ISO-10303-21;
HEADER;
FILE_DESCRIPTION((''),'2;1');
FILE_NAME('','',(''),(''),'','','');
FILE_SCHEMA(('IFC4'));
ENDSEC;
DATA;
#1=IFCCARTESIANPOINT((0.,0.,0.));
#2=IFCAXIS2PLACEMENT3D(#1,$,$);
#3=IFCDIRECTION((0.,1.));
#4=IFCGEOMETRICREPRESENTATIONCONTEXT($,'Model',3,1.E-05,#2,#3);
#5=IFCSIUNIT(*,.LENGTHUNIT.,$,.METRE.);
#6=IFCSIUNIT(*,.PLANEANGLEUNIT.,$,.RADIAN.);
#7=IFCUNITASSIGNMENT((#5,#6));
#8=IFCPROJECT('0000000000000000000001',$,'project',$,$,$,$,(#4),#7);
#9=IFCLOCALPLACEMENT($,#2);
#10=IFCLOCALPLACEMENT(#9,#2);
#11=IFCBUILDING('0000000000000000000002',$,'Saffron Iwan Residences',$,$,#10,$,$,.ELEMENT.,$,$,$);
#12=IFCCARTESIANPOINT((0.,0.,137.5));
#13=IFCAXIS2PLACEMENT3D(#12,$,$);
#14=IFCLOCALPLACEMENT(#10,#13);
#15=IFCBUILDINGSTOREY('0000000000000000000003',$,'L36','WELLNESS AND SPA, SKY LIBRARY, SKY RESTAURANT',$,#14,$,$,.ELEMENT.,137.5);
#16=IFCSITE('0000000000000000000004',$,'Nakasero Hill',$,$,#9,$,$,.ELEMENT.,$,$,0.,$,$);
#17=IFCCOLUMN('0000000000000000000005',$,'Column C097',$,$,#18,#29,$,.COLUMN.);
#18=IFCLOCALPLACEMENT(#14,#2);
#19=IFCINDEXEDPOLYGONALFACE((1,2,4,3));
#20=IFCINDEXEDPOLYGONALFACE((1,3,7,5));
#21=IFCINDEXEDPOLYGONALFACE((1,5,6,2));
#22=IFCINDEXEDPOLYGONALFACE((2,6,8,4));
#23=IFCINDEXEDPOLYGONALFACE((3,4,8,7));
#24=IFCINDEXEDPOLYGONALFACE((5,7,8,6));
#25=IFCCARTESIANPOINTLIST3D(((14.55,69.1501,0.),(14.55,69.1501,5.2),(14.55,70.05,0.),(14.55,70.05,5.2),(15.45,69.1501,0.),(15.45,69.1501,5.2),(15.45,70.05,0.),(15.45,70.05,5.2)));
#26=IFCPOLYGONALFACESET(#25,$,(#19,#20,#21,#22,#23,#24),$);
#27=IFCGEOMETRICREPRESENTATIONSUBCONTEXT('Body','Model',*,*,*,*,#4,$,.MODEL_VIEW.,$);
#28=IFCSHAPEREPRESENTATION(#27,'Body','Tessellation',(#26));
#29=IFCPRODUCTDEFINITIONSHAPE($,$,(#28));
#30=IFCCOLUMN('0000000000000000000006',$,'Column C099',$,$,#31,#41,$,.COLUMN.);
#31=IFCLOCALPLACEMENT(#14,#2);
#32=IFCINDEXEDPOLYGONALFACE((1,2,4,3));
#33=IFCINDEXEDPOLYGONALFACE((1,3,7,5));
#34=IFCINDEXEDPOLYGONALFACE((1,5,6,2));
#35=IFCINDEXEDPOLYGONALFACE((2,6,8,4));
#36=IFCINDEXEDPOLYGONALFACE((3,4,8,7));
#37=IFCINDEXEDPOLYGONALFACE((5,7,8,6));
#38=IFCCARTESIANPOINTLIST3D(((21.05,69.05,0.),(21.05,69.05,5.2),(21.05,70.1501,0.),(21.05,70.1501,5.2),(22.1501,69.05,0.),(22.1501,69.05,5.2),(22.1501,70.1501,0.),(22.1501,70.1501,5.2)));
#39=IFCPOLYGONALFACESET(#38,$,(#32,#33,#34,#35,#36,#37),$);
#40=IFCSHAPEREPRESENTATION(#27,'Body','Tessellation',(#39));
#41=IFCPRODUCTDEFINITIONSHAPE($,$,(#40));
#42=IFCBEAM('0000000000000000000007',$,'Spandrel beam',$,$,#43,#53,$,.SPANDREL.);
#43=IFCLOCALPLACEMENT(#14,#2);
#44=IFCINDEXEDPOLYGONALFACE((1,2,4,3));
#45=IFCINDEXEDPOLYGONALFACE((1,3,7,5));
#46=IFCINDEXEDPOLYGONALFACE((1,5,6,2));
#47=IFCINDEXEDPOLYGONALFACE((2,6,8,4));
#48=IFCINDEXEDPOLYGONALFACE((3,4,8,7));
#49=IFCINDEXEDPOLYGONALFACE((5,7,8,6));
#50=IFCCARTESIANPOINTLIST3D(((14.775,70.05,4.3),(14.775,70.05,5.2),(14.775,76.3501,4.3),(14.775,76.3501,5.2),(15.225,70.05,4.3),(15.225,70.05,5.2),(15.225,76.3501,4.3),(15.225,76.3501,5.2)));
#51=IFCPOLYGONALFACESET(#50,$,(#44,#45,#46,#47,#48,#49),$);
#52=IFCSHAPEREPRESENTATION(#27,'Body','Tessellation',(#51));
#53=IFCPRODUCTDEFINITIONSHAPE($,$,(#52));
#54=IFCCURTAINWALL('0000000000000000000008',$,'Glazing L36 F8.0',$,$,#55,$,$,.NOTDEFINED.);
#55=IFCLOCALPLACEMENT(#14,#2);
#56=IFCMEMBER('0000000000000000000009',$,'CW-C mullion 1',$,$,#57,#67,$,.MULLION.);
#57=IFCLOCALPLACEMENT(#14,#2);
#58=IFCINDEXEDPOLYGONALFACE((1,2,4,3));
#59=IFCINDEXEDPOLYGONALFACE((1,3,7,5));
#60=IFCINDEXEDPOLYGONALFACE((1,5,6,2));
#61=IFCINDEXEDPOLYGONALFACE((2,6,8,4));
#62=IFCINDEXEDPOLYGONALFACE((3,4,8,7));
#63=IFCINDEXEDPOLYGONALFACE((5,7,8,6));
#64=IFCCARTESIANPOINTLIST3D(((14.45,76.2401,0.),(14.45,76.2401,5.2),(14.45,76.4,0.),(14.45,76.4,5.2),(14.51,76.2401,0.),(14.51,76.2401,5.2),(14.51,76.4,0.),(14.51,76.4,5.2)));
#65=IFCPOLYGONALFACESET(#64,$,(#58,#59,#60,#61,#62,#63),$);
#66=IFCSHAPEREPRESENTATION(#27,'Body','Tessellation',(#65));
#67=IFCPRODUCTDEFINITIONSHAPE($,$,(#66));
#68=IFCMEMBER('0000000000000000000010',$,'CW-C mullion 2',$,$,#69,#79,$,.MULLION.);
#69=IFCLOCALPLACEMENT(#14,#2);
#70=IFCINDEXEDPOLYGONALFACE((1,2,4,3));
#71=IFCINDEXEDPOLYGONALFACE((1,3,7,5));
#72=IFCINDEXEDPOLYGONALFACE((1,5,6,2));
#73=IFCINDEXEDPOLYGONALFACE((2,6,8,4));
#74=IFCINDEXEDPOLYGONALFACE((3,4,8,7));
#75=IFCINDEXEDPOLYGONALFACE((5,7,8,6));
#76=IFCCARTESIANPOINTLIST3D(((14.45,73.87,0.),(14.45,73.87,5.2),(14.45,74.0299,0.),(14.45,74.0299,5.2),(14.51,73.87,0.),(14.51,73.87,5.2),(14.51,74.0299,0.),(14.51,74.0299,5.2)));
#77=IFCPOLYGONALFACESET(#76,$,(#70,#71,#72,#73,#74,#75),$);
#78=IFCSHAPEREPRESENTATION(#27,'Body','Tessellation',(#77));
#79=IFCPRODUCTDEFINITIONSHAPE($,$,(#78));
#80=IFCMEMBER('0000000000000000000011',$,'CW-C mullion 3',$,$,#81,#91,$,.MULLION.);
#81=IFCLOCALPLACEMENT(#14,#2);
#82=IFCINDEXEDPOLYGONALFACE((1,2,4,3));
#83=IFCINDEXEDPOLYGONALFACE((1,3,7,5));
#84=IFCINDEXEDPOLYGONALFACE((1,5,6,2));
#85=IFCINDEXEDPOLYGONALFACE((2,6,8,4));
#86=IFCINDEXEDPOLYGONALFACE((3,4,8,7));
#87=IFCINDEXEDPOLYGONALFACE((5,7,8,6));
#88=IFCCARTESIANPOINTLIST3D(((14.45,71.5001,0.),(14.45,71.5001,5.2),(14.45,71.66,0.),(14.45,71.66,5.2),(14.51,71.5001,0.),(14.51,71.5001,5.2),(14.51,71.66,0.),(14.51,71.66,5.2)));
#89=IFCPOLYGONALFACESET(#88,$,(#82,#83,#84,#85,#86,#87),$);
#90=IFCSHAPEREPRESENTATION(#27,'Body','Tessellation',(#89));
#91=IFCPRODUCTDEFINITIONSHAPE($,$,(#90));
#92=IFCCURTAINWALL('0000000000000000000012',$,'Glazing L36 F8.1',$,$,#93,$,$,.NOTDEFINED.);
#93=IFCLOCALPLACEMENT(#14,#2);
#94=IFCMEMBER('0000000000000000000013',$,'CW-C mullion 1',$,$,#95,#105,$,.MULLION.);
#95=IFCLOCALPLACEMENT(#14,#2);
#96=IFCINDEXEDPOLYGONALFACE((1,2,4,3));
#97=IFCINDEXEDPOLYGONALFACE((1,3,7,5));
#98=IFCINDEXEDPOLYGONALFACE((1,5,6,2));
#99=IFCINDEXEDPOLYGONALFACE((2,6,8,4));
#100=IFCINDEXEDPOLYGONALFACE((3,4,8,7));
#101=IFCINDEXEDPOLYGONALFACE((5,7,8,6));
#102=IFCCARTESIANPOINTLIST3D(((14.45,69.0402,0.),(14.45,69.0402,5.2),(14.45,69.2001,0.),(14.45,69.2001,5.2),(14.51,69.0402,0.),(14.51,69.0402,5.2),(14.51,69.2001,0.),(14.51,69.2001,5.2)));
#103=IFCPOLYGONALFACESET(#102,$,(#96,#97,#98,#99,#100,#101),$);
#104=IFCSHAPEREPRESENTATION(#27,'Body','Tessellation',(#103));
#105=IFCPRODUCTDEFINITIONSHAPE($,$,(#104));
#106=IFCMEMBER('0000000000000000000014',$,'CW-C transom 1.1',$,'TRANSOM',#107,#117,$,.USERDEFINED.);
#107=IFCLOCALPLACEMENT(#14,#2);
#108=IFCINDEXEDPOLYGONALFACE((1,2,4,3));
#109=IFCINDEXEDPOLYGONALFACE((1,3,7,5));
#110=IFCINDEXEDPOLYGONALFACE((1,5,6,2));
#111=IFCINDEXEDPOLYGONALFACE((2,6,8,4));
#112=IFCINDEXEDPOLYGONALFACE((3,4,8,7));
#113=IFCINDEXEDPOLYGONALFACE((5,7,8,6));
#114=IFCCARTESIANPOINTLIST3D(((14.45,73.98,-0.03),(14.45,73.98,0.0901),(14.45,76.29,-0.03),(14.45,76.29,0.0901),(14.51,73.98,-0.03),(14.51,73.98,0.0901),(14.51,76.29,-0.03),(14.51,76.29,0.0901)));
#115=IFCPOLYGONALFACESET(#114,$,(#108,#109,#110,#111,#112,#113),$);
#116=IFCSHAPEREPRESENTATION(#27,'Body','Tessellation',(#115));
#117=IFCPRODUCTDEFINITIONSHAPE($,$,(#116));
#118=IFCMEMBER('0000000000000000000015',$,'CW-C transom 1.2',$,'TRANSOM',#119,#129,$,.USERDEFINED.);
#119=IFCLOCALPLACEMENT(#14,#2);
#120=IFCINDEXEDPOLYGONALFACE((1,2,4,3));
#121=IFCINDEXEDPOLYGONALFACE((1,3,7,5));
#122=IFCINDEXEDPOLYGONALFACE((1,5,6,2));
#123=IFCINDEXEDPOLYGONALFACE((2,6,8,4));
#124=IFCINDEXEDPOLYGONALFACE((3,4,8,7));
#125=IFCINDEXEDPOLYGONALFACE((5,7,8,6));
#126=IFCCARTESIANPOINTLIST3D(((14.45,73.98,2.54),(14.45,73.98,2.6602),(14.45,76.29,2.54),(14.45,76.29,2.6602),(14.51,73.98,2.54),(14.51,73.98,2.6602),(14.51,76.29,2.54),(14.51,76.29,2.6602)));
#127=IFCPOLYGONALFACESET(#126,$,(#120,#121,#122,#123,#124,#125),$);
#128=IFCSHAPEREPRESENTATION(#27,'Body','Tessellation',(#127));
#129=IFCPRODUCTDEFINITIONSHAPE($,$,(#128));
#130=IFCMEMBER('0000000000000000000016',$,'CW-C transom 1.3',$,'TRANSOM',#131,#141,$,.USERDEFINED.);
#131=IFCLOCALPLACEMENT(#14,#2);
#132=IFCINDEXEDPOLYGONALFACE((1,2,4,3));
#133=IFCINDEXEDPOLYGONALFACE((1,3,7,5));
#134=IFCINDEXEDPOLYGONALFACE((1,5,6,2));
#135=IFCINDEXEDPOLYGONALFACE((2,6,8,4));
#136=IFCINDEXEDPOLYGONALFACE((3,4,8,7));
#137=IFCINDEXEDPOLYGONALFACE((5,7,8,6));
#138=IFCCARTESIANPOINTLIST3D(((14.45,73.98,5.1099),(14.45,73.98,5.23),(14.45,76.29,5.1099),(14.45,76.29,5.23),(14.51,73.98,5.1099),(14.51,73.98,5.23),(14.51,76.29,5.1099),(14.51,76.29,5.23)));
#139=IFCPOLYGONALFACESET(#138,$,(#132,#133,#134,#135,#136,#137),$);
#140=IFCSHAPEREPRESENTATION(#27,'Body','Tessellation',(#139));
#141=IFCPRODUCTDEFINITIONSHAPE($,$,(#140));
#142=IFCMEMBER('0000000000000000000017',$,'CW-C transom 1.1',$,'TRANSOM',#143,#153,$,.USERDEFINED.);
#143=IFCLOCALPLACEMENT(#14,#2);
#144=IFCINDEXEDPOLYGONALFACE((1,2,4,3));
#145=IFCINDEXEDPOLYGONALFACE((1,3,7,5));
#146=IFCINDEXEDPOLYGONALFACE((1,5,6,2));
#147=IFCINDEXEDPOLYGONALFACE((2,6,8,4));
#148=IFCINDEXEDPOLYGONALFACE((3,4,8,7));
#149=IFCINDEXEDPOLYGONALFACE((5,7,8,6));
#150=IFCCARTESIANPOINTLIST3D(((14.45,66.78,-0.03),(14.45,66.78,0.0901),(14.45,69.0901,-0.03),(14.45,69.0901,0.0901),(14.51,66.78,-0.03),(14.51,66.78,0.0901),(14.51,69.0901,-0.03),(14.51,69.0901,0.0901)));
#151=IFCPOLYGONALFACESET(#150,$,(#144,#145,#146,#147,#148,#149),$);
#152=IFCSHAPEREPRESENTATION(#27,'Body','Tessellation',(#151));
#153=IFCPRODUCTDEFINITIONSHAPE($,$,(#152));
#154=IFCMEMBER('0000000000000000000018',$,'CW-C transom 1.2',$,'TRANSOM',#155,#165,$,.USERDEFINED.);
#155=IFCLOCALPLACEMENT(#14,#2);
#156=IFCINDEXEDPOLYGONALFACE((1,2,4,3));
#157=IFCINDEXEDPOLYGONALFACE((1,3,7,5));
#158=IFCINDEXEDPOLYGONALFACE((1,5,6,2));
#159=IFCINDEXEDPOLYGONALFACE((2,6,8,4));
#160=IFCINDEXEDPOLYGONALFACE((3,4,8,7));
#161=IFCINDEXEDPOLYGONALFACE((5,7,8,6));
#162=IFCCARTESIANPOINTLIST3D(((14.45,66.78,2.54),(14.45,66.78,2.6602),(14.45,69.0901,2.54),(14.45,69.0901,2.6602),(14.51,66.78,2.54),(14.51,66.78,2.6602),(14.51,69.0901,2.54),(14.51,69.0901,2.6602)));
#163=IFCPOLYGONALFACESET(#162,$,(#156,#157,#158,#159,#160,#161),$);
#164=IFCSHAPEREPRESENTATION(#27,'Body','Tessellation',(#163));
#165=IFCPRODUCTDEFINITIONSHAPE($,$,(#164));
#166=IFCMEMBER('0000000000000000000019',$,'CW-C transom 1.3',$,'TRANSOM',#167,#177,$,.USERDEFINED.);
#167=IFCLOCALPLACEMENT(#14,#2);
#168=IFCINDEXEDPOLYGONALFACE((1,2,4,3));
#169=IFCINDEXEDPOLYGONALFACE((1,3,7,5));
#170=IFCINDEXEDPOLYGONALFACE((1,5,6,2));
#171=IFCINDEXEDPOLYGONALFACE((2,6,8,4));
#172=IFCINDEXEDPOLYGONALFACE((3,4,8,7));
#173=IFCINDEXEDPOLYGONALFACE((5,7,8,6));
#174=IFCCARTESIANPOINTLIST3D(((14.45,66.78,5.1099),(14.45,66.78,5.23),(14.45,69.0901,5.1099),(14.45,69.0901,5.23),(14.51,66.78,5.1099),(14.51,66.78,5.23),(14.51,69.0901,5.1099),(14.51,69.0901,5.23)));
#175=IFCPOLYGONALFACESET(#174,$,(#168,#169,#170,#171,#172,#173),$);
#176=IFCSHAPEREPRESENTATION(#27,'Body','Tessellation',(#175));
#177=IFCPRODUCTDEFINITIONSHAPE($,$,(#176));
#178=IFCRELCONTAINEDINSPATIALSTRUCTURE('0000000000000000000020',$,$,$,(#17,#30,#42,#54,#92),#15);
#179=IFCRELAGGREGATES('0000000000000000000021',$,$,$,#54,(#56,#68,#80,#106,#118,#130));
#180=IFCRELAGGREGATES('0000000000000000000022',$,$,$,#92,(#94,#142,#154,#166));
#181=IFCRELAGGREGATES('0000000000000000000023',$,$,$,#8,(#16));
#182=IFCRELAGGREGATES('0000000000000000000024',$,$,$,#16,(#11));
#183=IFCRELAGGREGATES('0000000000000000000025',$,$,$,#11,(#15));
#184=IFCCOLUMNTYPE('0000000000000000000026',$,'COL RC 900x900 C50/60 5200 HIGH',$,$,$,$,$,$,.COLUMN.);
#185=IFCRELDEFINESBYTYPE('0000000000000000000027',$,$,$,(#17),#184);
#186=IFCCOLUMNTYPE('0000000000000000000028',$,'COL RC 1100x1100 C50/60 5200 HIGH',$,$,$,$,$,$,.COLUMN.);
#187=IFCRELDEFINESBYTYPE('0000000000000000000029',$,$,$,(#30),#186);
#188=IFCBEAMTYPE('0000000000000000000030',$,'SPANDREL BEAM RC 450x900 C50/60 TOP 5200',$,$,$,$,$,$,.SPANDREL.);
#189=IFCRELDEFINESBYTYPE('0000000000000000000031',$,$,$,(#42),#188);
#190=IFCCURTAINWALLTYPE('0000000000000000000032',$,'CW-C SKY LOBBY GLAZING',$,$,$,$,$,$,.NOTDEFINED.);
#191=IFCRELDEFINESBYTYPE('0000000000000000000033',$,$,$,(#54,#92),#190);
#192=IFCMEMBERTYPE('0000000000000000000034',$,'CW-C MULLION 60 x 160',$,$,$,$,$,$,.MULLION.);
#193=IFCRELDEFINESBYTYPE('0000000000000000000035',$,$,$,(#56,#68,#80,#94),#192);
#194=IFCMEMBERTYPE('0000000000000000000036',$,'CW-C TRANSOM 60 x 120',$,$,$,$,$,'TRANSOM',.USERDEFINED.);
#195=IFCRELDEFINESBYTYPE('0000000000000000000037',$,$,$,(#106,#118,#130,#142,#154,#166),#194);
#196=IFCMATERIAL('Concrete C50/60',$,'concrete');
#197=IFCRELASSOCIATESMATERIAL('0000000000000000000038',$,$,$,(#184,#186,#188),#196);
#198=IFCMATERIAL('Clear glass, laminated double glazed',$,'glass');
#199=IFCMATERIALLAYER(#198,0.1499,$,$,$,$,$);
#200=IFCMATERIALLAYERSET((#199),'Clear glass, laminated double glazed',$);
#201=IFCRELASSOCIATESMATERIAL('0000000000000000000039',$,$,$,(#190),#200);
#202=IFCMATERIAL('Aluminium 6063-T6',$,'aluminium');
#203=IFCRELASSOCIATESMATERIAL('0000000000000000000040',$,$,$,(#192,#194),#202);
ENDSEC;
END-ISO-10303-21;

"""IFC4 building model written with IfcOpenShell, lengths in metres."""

from ifc_helpers import new_model, si_unit, direction, frame, origin, origin_2d, place, context, subcontext, project, spatial, rectangle, extrude, source, transform, mapped, material, layer, layer_set, material_profile, profile_set, type_object, element, aggregate, save


model = new_model("IFC4")

# Units and contexts
model_context = context("Model", 3, precision=1e-05, world=origin(), true_north=direction((0.0, 1.0)))
body_context = subcontext(model_context, "Body", "Model", "MODEL_VIEW")
ifc_project = project(units=[si_unit("LENGTHUNIT", "METRE"), si_unit("PLANEANGLEUNIT", "RADIAN")], contexts=[model_context])

# Site, building, storey
site_placement = place(None, origin())
site = spatial("IfcSite", under=ifc_project, at=site_placement, Name="Nakasero Hill", CompositionType="ELEMENT", RefElevation=0.0)
building_placement = place(site_placement, origin())
building = spatial("IfcBuilding", under=site, at=building_placement, Name="Saffron Iwan Residences", CompositionType="ELEMENT")
storey_placement = place(building_placement, frame((0.0, 0.0, 137.5)))
storey = spatial("IfcBuildingStorey", under=building, at=storey_placement, Name="L36", Description="WELLNESS AND SPA, SKY LIBRARY, SKY RESTAURANT", CompositionType="ELEMENT", Elevation=137.5)

# Columns
ifc_material_1 = material(Name="Concrete C50/60", Category="concrete")
ifc_material_profile_1 = material_profile(ifc_material_1, rectangle(XDim=0.8999, YDim=0.8999, at=origin_2d()), Name="RC 900x900")
ifc_profile_set_1 = profile_set([ifc_material_profile_1], Name="Concrete C50/60")
column_type_1 = type_object("IfcColumnType", Name="COL RC 900x900 C50/60 5200 HIGH", PredefinedType="COLUMN", material=ifc_profile_set_1)
shared_shape_1 = source(origin(), body_context, "Body", "SweptSolid", [
    extrude(rectangle(XDim=0.8999, YDim=0.8999, at=origin_2d()), origin(), (0.0, 0.0, 1.0), 5.2),
])
column_1_placement = place(storey_placement, frame((15.0, 69.6001, 0.0), z_axis=(0.0, 0.0, 1.0), x_axis=(1.0, 0.0, 0.0)))
element("IfcColumn", 1, at=column_1_placement, inside=storey, type_object=column_type_1, Name="Column C097", PredefinedType="COLUMN", context=body_context, shape_type="MappedRepresentation", body=[
    mapped(shared_shape_1, transform((0.0, 0.0, 0.0))),
])
ifc_material_profile_2 = material_profile(ifc_material_1, rectangle(XDim=1.1001, YDim=1.1001, at=origin_2d()), Name="RC 1100x1100")
ifc_profile_set_2 = profile_set([ifc_material_profile_2], Name="Concrete C50/60")
column_type_2 = type_object("IfcColumnType", Name="COL RC 1100x1100 C50/60 5200 HIGH", PredefinedType="COLUMN", material=ifc_profile_set_2)
shared_shape_2 = source(origin(), body_context, "Body", "SweptSolid", [
    extrude(rectangle(XDim=1.1001, YDim=1.1001, at=origin_2d()), origin(), (0.0, 0.0, 1.0), 5.2),
])
column_2_placement = place(storey_placement, frame((21.6001, 69.6001, 0.0), z_axis=(0.0, 0.0, 1.0), x_axis=(1.0, 0.0, 0.0)))
element("IfcColumn", 2, at=column_2_placement, inside=storey, type_object=column_type_2, Name="Column C099", PredefinedType="COLUMN", context=body_context, shape_type="MappedRepresentation", body=[
    mapped(shared_shape_2, transform((0.0, 0.0, 0.0))),
])

# Beam
ifc_material_profile_3 = material_profile(ifc_material_1, rectangle(XDim=0.45, YDim=0.8999, at=origin_2d()), Name="RC 450x900")
ifc_profile_set_3 = profile_set([ifc_material_profile_3], Name="Concrete C50/60")
beam_type = type_object("IfcBeamType", Name="SPANDREL BEAM RC 450x900 C50/60 TOP 5200", PredefinedType="SPANDREL", material=ifc_profile_set_3)
shared_shape_3 = source(origin(), body_context, "Body", "SweptSolid", [
    extrude(rectangle(XDim=0.45, YDim=0.8999, at=origin_2d()), origin(), (0.0, 0.0, 1.0), 6.3),
])
beam_placement = place(storey_placement, frame((15.0, 70.05, 4.75), z_axis=(0.0, 1.0, 0.0), x_axis=(-1.0, 0.0, 0.0)))
element("IfcBeam", 3, at=beam_placement, inside=storey, type_object=beam_type, Name="Spandrel beam", PredefinedType="SPANDREL", context=body_context, shape_type="MappedRepresentation", body=[
    mapped(shared_shape_3, transform((0.0, 0.0, 0.0))),
])

# Curtain wall, members
ifc_material_2 = material(Name="Clear glass, laminated double glazed", Category="glass")
ifc_layer_1 = layer(ifc_material_2, 0.1499)
ifc_layer_set_1 = layer_set([ifc_layer_1], Name="Clear glass, laminated double glazed")
curtain_wall_type = type_object("IfcCurtainWallType", Name="CW-C SKY LOBBY GLAZING", PredefinedType="NOTDEFINED", material=ifc_layer_set_1)
curtain_wall_1_placement = place(storey_placement, origin())
curtain_wall_1 = element("IfcCurtainWall", 4, at=curtain_wall_1_placement, inside=storey, type_object=curtain_wall_type, Name="Glazing L36 F8.0", PredefinedType="NOTDEFINED")
ifc_material_3 = material(Name="Aluminium 6063-T6", Category="aluminium")
ifc_material_profile_4 = material_profile(ifc_material_3, rectangle(XDim=0.0601, YDim=0.1599, at=origin_2d()), Name="CW-C MULLION 60 x 160")
ifc_profile_set_4 = profile_set([ifc_material_profile_4], Name="Aluminium 6063-T6")
member_type_1 = type_object("IfcMemberType", Name="CW-C MULLION 60 x 160", PredefinedType="MULLION", material=ifc_profile_set_4)
shared_shape_4 = source(origin(), body_context, "Body", "SweptSolid", [
    extrude(rectangle(XDim=0.0601, YDim=0.1599, at=origin_2d()), origin(), (0.0, 0.0, 1.0), 5.2),
])
member_1_placement = place(storey_placement, frame((14.48, 76.3201, 0.0), z_axis=(0.0, 0.0, 1.0), x_axis=(1.0, 0.0, 0.0)))
member_1 = element("IfcMember", 5, at=member_1_placement, type_object=member_type_1, Name="CW-C mullion 1", PredefinedType="MULLION", context=body_context, shape_type="MappedRepresentation", body=[
    mapped(shared_shape_4, transform((0.0, 0.0, 0.0))),
])
member_2_placement = place(storey_placement, frame((14.48, 73.95, 0.0), z_axis=(0.0, 0.0, 1.0), x_axis=(1.0, 0.0, 0.0)))
member_2 = element("IfcMember", 6, at=member_2_placement, type_object=member_type_1, Name="CW-C mullion 2", PredefinedType="MULLION", context=body_context, shape_type="MappedRepresentation", body=[
    mapped(shared_shape_4, transform((0.0, 0.0, 0.0))),
])
member_3_placement = place(storey_placement, frame((14.48, 71.5801, 0.0), z_axis=(0.0, 0.0, 1.0), x_axis=(1.0, 0.0, 0.0)))
member_3 = element("IfcMember", 7, at=member_3_placement, type_object=member_type_1, Name="CW-C mullion 3", PredefinedType="MULLION", context=body_context, shape_type="MappedRepresentation", body=[
    mapped(shared_shape_4, transform((0.0, 0.0, 0.0))),
])

# Curtain wall, member
curtain_wall_2_placement = place(storey_placement, origin())
curtain_wall_2 = element("IfcCurtainWall", 8, at=curtain_wall_2_placement, inside=storey, type_object=curtain_wall_type, Name="Glazing L36 F8.1", PredefinedType="NOTDEFINED")
member_4_placement = place(storey_placement, frame((14.48, 69.1201, 0.0), z_axis=(0.0, 0.0, 1.0), x_axis=(1.0, 0.0, 0.0)))
member_4 = element("IfcMember", 9, at=member_4_placement, type_object=member_type_1, Name="CW-C mullion 1", PredefinedType="MULLION", context=body_context, shape_type="MappedRepresentation", body=[
    mapped(shared_shape_4, transform((0.0, 0.0, 0.0))),
])

# Members
ifc_material_profile_5 = material_profile(ifc_material_3, rectangle(XDim=0.0601, YDim=0.1201, at=origin_2d()), Name="CW-C TRANSOM 60 x 120")
ifc_profile_set_5 = profile_set([ifc_material_profile_5], Name="Aluminium 6063-T6")
member_type_2 = type_object("IfcMemberType", Name="CW-C TRANSOM 60 x 120", ElementType="TRANSOM", PredefinedType="USERDEFINED", material=ifc_profile_set_5)
shared_shape_5 = source(origin(), body_context, "Body", "SweptSolid", [
    extrude(rectangle(XDim=0.0601, YDim=0.1201, at=origin_2d()), origin(), (0.0, 0.0, 1.0), 2.3101),
])
member_5_placement = place(storey_placement, frame((14.48, 76.29, 0.03), z_axis=(0.0, -1.0, 0.0), x_axis=(1.0, 0.0, 0.0)))
member_5 = element("IfcMember", 10, at=member_5_placement, type_object=member_type_2, Name="CW-C transom 1.1", ObjectType="TRANSOM", PredefinedType="USERDEFINED", context=body_context, shape_type="MappedRepresentation", body=[
    mapped(shared_shape_5, transform((0.0, 0.0, 0.0))),
])
member_6_placement = place(storey_placement, frame((14.48, 76.29, 2.6001), z_axis=(0.0, -1.0, 0.0), x_axis=(1.0, 0.0, 0.0)))
member_6 = element("IfcMember", 11, at=member_6_placement, type_object=member_type_2, Name="CW-C transom 1.2", ObjectType="TRANSOM", PredefinedType="USERDEFINED", context=body_context, shape_type="MappedRepresentation", body=[
    mapped(shared_shape_5, transform((0.0, 0.0, 0.0))),
])
member_7_placement = place(storey_placement, frame((14.48, 76.29, 5.1699), z_axis=(0.0, -1.0, 0.0), x_axis=(1.0, 0.0, 0.0)))
member_7 = element("IfcMember", 12, at=member_7_placement, type_object=member_type_2, Name="CW-C transom 1.3", ObjectType="TRANSOM", PredefinedType="USERDEFINED", context=body_context, shape_type="MappedRepresentation", body=[
    mapped(shared_shape_5, transform((0.0, 0.0, 0.0))),
])
member_8_placement = place(storey_placement, frame((14.48, 69.0901, 0.03), z_axis=(0.0, -1.0, 0.0), x_axis=(1.0, 0.0, 0.0)))
member_8 = element("IfcMember", 13, at=member_8_placement, type_object=member_type_2, Name="CW-C transom 1.1", ObjectType="TRANSOM", PredefinedType="USERDEFINED", context=body_context, shape_type="MappedRepresentation", body=[
    mapped(shared_shape_5, transform((0.0, 0.0, 0.0))),
])
member_9_placement = place(storey_placement, frame((14.48, 69.0901, 2.6001), z_axis=(0.0, -1.0, 0.0), x_axis=(1.0, 0.0, 0.0)))
member_9 = element("IfcMember", 14, at=member_9_placement, type_object=member_type_2, Name="CW-C transom 1.2", ObjectType="TRANSOM", PredefinedType="USERDEFINED", context=body_context, shape_type="MappedRepresentation", body=[
    mapped(shared_shape_5, transform((0.0, 0.0, 0.0))),
])
member_10_placement = place(storey_placement, frame((14.48, 69.0901, 5.1699), z_axis=(0.0, -1.0, 0.0), x_axis=(1.0, 0.0, 0.0)))
member_10 = element("IfcMember", 15, at=member_10_placement, type_object=member_type_2, Name="CW-C transom 1.3", ObjectType="TRANSOM", PredefinedType="USERDEFINED", context=body_context, shape_type="MappedRepresentation", body=[
    mapped(shared_shape_5, transform((0.0, 0.0, 0.0))),
])

aggregate(curtain_wall_1, [member_1, member_2, member_3, member_5, member_6, member_7])
aggregate(curtain_wall_2, [member_4, member_8, member_9, member_10])

save(model, "model.ifc")
